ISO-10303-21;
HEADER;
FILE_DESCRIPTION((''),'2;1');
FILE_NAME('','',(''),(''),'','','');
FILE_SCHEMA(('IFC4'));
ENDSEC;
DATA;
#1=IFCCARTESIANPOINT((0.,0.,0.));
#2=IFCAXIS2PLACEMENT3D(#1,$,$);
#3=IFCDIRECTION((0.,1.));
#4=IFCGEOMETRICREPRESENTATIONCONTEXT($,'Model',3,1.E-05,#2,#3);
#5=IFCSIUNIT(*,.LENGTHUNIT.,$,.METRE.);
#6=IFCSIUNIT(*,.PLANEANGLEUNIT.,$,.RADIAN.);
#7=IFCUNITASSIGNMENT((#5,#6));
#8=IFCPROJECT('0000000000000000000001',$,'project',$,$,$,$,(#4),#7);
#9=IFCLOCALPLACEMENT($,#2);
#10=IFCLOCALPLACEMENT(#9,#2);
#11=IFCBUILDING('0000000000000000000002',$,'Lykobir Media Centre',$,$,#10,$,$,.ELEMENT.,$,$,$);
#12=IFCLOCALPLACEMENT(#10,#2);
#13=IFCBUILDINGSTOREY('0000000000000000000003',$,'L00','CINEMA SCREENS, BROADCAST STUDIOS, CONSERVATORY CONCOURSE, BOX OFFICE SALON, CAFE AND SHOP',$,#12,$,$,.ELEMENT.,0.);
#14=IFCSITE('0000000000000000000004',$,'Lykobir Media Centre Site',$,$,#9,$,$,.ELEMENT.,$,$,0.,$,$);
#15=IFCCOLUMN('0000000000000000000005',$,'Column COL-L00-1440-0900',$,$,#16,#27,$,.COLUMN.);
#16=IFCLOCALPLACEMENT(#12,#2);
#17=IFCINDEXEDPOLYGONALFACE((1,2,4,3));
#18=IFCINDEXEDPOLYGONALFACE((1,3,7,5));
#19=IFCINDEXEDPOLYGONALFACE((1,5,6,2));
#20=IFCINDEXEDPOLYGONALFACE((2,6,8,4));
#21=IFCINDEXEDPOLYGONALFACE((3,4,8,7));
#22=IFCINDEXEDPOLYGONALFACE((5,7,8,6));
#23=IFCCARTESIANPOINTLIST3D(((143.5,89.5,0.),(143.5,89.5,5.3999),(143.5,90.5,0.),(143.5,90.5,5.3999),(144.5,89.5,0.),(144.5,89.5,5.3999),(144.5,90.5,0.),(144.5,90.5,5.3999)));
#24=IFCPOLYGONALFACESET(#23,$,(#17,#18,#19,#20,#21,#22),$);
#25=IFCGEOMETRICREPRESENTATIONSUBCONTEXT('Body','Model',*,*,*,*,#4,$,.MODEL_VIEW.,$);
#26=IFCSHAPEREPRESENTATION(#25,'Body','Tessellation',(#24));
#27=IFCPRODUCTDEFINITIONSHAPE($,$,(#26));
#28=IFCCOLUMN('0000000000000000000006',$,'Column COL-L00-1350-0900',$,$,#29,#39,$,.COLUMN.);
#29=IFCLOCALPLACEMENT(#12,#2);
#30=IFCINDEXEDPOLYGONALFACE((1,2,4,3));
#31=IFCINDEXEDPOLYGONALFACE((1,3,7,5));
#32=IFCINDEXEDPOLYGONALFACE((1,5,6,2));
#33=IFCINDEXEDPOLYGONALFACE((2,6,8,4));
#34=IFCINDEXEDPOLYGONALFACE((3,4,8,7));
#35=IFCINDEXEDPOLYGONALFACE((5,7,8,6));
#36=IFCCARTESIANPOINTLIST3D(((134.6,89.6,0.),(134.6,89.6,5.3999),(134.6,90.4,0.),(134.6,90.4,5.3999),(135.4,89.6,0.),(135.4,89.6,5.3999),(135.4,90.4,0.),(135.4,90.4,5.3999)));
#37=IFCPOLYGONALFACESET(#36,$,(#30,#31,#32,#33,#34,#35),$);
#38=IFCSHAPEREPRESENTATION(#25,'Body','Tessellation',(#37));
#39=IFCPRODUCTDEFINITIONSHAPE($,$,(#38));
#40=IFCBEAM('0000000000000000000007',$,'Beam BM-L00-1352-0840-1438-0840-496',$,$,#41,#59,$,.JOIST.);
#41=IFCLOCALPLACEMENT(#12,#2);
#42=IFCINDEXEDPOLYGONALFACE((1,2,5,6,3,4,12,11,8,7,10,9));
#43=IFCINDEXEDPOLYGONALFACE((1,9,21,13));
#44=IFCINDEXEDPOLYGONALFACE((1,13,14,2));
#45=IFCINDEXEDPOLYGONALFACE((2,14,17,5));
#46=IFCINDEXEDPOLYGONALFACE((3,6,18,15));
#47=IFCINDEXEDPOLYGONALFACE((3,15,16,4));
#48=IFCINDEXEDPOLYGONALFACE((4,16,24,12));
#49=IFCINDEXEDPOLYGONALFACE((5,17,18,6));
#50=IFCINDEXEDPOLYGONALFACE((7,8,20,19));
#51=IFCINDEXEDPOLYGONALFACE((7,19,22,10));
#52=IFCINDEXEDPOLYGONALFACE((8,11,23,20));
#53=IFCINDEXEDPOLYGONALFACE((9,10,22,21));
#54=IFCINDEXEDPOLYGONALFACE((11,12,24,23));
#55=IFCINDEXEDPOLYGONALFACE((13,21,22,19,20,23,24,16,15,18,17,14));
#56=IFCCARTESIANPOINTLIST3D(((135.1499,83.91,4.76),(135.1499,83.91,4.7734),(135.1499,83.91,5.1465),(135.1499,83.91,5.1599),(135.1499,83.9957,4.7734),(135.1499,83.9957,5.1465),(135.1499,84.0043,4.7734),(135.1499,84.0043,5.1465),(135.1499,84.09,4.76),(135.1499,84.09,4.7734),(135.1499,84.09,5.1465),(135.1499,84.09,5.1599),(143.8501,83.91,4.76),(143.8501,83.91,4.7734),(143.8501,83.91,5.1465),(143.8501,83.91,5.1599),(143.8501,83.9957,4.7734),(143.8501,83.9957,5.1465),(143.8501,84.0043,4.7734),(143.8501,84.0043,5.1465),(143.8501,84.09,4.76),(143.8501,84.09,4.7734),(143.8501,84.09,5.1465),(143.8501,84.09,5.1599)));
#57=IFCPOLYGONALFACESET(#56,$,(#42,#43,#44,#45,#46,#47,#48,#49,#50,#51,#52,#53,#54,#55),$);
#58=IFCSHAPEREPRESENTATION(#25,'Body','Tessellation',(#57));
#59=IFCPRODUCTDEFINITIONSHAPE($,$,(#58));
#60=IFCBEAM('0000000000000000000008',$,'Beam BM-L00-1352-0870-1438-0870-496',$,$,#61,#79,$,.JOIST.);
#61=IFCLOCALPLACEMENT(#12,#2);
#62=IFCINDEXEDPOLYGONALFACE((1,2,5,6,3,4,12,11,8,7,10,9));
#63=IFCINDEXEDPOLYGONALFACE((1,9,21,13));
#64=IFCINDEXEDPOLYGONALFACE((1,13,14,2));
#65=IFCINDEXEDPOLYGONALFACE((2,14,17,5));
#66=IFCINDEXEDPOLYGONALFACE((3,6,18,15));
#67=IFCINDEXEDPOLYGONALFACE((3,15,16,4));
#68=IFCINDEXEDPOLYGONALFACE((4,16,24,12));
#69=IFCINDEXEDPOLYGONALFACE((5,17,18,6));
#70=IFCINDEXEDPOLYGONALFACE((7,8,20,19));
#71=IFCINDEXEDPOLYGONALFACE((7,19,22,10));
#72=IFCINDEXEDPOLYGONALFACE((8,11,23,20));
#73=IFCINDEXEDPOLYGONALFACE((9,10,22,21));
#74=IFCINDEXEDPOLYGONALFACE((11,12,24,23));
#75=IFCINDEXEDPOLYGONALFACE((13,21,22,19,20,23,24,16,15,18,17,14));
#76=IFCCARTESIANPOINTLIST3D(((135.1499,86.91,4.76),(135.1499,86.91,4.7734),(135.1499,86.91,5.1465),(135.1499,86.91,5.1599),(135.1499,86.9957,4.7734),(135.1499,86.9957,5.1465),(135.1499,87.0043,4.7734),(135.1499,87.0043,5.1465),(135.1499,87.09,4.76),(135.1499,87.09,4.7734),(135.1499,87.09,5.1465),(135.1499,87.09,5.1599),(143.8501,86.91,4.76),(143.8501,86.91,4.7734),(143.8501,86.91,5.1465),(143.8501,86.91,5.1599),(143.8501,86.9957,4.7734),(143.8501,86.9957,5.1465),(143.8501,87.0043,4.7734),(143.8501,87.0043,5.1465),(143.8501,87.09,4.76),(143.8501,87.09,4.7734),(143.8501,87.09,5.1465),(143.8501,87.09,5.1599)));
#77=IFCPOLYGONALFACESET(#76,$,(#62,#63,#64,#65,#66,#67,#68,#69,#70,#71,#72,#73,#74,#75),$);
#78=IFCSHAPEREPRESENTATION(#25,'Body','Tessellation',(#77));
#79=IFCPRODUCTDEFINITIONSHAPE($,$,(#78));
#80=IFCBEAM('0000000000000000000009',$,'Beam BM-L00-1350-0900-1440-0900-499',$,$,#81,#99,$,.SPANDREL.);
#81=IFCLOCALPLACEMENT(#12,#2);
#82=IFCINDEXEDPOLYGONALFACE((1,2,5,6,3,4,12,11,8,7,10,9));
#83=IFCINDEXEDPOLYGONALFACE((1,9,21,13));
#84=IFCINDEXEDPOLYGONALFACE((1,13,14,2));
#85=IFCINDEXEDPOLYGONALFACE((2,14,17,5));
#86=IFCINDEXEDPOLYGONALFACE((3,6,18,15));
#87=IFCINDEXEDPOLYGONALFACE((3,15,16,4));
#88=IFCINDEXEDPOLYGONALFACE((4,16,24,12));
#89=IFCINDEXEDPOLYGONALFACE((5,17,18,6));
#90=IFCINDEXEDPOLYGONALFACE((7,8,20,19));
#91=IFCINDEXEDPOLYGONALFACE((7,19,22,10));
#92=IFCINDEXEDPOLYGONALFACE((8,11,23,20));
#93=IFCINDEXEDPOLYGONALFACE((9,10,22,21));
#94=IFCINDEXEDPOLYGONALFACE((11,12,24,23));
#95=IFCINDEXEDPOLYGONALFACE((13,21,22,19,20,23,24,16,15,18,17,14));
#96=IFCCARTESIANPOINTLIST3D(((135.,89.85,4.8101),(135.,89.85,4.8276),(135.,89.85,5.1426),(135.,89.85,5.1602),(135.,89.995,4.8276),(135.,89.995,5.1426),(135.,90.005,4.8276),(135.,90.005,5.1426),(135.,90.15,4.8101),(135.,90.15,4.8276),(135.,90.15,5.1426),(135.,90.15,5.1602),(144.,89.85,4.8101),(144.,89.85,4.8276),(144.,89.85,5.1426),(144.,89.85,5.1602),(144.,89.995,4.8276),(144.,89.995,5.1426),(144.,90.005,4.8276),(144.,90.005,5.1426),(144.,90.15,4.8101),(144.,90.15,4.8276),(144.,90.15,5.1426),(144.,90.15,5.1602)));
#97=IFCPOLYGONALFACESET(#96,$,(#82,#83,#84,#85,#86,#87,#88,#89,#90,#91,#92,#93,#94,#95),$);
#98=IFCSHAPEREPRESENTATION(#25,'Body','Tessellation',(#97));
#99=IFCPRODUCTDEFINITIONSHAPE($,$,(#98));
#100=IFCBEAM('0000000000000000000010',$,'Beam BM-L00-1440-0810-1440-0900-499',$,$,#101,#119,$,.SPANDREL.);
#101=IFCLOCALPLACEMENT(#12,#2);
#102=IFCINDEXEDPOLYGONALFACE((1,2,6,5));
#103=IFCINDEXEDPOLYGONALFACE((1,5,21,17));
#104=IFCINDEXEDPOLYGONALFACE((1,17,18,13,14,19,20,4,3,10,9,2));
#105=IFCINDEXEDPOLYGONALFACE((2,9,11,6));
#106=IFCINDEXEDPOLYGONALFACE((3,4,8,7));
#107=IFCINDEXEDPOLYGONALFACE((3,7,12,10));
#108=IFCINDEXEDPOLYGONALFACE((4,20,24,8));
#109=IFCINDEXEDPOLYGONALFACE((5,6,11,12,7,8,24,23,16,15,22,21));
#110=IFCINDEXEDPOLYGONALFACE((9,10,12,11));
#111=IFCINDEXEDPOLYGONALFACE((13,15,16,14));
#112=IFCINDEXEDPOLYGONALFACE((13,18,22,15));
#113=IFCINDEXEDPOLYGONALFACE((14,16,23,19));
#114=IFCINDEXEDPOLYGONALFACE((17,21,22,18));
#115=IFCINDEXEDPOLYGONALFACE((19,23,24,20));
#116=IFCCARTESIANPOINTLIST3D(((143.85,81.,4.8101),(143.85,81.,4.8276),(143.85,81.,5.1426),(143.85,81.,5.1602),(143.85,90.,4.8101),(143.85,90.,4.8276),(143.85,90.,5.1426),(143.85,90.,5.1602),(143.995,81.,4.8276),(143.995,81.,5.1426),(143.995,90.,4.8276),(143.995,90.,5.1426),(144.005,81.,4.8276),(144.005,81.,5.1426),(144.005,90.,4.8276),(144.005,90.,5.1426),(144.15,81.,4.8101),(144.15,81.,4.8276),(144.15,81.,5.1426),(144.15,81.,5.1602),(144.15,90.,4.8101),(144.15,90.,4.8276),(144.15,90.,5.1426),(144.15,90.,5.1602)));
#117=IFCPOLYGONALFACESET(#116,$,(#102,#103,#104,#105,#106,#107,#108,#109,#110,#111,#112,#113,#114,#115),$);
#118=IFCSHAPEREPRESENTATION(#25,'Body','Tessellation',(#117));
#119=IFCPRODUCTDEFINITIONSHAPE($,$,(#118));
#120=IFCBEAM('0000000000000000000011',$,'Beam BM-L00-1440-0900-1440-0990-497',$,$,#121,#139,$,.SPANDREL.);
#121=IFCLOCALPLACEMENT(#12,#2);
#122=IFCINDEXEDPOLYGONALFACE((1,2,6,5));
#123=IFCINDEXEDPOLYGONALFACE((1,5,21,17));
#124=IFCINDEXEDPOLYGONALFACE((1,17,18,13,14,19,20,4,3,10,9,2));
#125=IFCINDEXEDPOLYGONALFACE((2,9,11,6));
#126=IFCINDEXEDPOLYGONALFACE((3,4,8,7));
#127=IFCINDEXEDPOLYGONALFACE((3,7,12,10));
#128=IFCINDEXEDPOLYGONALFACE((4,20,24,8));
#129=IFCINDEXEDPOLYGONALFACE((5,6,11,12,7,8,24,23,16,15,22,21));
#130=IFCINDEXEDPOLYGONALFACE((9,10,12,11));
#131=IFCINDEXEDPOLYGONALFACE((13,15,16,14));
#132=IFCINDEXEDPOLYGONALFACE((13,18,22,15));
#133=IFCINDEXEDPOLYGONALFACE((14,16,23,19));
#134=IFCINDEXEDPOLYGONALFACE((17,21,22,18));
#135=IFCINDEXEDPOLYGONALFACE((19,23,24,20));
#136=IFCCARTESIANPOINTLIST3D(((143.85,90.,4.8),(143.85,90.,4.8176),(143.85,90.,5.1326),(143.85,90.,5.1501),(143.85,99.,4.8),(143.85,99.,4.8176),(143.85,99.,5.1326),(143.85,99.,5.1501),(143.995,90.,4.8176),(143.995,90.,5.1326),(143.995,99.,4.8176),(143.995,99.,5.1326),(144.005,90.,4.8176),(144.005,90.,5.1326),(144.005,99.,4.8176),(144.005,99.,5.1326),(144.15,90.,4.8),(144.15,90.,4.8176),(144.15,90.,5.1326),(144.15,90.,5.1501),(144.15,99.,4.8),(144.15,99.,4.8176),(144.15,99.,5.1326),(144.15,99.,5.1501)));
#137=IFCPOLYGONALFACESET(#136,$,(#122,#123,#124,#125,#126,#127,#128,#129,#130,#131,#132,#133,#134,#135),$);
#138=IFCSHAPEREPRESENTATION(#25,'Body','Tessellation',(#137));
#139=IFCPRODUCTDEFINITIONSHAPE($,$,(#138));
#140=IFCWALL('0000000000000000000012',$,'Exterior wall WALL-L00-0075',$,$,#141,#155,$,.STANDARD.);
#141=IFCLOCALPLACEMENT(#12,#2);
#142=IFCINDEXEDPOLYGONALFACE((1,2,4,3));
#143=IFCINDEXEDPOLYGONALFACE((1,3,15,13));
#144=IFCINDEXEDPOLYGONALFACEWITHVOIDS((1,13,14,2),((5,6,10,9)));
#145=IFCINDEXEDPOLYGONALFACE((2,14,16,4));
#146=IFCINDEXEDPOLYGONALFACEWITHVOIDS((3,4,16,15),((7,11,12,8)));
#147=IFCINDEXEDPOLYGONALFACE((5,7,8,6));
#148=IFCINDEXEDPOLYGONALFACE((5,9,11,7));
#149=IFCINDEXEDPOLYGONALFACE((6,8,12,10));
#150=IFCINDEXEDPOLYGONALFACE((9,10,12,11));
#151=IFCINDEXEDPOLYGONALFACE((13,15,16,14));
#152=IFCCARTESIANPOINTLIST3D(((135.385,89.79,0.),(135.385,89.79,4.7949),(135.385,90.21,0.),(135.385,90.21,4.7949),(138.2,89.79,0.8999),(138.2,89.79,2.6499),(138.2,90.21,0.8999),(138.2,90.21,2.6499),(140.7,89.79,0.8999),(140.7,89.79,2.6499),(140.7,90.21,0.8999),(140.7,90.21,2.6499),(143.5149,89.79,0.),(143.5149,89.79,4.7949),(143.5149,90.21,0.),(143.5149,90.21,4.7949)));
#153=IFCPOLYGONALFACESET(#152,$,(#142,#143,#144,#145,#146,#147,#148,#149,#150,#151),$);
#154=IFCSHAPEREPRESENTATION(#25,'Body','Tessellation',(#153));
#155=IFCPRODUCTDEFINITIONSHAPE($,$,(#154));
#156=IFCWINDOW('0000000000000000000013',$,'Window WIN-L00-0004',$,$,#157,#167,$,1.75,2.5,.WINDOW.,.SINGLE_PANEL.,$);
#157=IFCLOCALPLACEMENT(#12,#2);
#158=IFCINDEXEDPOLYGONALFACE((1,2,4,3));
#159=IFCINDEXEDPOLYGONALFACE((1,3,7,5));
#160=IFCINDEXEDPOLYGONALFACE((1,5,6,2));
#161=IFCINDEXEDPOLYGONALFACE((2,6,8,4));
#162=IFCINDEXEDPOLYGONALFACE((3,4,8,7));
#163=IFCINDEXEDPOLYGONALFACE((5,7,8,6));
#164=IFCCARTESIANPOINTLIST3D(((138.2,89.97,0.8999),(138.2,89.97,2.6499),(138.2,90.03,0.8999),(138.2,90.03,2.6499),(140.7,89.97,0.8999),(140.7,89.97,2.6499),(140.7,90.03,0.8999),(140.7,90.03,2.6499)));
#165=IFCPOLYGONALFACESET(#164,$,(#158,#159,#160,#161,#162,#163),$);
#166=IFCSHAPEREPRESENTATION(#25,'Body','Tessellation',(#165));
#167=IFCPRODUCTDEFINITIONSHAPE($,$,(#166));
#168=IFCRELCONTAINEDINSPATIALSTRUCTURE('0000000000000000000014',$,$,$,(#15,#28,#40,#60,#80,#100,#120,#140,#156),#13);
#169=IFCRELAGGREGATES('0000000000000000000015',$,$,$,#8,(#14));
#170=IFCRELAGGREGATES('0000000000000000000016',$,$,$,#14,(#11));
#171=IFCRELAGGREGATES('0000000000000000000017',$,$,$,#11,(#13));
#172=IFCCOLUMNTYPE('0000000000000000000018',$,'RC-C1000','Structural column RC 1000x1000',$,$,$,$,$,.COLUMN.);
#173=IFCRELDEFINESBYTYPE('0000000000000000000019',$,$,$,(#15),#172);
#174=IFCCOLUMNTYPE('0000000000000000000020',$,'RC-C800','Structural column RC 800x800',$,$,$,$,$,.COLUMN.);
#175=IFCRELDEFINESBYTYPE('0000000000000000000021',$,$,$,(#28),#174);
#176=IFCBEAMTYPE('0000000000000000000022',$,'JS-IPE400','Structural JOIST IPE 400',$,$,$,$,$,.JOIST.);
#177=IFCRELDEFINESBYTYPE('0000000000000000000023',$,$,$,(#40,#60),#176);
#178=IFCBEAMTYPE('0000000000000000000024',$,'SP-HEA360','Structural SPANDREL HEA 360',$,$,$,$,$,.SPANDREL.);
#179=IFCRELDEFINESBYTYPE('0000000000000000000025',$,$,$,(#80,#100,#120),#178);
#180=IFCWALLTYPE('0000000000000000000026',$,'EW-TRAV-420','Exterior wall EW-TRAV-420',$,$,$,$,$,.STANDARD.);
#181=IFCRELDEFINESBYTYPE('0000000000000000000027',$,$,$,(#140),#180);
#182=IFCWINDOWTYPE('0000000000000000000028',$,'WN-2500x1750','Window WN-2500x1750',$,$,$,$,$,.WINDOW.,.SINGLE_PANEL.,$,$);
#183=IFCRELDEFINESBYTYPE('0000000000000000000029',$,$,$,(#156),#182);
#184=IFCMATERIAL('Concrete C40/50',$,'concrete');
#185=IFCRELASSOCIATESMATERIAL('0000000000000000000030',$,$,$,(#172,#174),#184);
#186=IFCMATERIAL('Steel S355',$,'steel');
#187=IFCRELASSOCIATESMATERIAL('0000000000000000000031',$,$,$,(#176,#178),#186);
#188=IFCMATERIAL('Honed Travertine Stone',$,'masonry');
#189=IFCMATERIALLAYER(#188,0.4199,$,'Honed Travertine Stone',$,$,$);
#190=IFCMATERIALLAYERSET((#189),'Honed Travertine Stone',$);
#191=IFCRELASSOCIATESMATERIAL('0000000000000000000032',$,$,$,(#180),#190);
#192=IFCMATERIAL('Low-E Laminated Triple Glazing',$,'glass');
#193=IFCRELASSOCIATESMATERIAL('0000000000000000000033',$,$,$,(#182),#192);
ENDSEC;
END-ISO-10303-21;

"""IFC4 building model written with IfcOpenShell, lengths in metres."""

from ifc_helpers import new_model, si_unit, direction, frame, frame_2d, origin, origin_2d, place, context, subcontext, project, spatial, rectangle, i_section, extrude, material, layer, layer_set, material_profile, profile_set, type_object, element, fill, save


model = new_model("IFC4")

# Units and contexts
model_context = context("Model", 3, precision=1e-05, world=origin(), true_north=direction((0.0, 1.0)))
body_context = subcontext(model_context, "Body", "Model", "MODEL_VIEW")
ifc_project = project(units=[si_unit("LENGTHUNIT", "METRE"), si_unit("PLANEANGLEUNIT", "RADIAN")], contexts=[model_context])

# Site, building, storey
site_placement = place(None, origin())
site = spatial("IfcSite", under=ifc_project, at=site_placement, Name="Lykobir Media Centre Site", CompositionType="ELEMENT", RefElevation=0.0)
building_placement = place(site_placement, origin())
building = spatial("IfcBuilding", under=site, at=building_placement, Name="Lykobir Media Centre", CompositionType="ELEMENT")
storey_placement = place(building_placement, origin())
storey = spatial("IfcBuildingStorey", under=building, at=storey_placement, Name="L00", Description="CINEMA SCREENS, BROADCAST STUDIOS, CONSERVATORY CONCOURSE, BOX OFFICE SALON, CAFE AND SHOP", CompositionType="ELEMENT", Elevation=0.0)

# Columns
ifc_material_1 = material(Name="Concrete C40/50", Category="concrete")
ifc_material_profile_1 = material_profile(ifc_material_1, rectangle(XDim=1.0, YDim=1.0, at=origin_2d()), Name="RC 1000x1000")
ifc_profile_set_1 = profile_set([ifc_material_profile_1], Name="Concrete C40/50")
column_type_1 = type_object("IfcColumnType", Name="RC-C1000", Description="Structural column RC 1000x1000", PredefinedType="COLUMN", material=ifc_profile_set_1)
column_1_placement = place(storey_placement, frame((144.0, 90.0, 0.0), z_axis=(0.0, 0.0, 1.0), x_axis=(1.0, 0.0, 0.0)))
element("IfcColumn", 1, at=column_1_placement, inside=storey, type_object=column_type_1, Name="Column COL-L00-1440-0900", PredefinedType="COLUMN", context=body_context, shape_type="SweptSolid", body=[
    extrude(rectangle(XDim=1.0, YDim=1.0, at=origin_2d()), origin(), (0.0, 0.0, 1.0), 5.3999),
])
ifc_material_profile_2 = material_profile(ifc_material_1, rectangle(XDim=0.8, YDim=0.8, at=origin_2d()), Name="RC 800x800")
ifc_profile_set_2 = profile_set([ifc_material_profile_2], Name="Concrete C40/50")
column_type_2 = type_object("IfcColumnType", Name="RC-C800", Description="Structural column RC 800x800", PredefinedType="COLUMN", material=ifc_profile_set_2)
column_2_placement = place(storey_placement, frame((135.0, 90.0, 0.0), z_axis=(0.0, 0.0, 1.0), x_axis=(1.0, 0.0, 0.0)))
element("IfcColumn", 2, at=column_2_placement, inside=storey, type_object=column_type_2, Name="Column COL-L00-1350-0900", PredefinedType="COLUMN", context=body_context, shape_type="SweptSolid", body=[
    extrude(rectangle(XDim=0.8, YDim=0.8, at=origin_2d()), origin(), (0.0, 0.0, 1.0), 5.3999),
])

# Beams
ifc_material_2 = material(Name="Steel S355", Category="steel")
ifc_material_profile_3 = material_profile(ifc_material_2, i_section(OverallWidth=0.1799, OverallDepth=0.3999, WebThickness=0.0085, FlangeThickness=0.0134, at=origin_2d()), Name="IPE 400")
ifc_profile_set_3 = profile_set([ifc_material_profile_3], Name="Steel S355")
beam_type_1 = type_object("IfcBeamType", Name="JS-IPE400", Description="Structural JOIST IPE 400", PredefinedType="JOIST", material=ifc_profile_set_3)
for number, where, z_axis, x_axis, name in (
    (3, (135.1499, 84.0, 4.96), (1.0, 0.0, 0.0), (0.0, 1.0, 0.0), "Beam BM-L00-1352-0840-1438-0840-496"),
    (4, (135.1499, 87.0, 4.96), (1.0, 0.0, 0.0), (0.0, 1.0, 0.0), "Beam BM-L00-1352-0870-1438-0870-496"),
):
    element("IfcBeam", number, at=place(storey_placement, frame(where, z_axis=z_axis, x_axis=x_axis)), inside=storey, type_object=beam_type_1, Name=name, PredefinedType="JOIST", context=body_context, shape_type="SweptSolid", body=[
        extrude(i_section(OverallWidth=0.1799, OverallDepth=0.3999, WebThickness=0.0085, FlangeThickness=0.0134, at=origin_2d()), origin(), (0.0, 0.0, 1.0), 8.7002),
    ])
ifc_material_profile_4 = material_profile(ifc_material_2, i_section(OverallWidth=0.3, OverallDepth=0.3501, WebThickness=0.01, FlangeThickness=0.0176, at=origin_2d()), Name="HEA 360")
ifc_profile_set_4 = profile_set([ifc_material_profile_4], Name="Steel S355")
beam_type_2 = type_object("IfcBeamType", Name="SP-HEA360", Description="Structural SPANDREL HEA 360", PredefinedType="SPANDREL", material=ifc_profile_set_4)
for number, where, z_axis, x_axis, name in (
    (5, (135.0, 90.0, 4.9851), (1.0, 0.0, 0.0), (0.0, 1.0, 0.0), "Beam BM-L00-1350-0900-1440-0900-499"),
    (6, (144.0, 81.0, 4.9851), (0.0, 1.0, 0.0), (-1.0, 0.0, 0.0), "Beam BM-L00-1440-0810-1440-0900-499"),
    (7, (144.0, 90.0, 4.9751), (0.0, 1.0, 0.0), (-1.0, 0.0, 0.0), "Beam BM-L00-1440-0900-1440-0990-497"),
):
    element("IfcBeam", number, at=place(storey_placement, frame(where, z_axis=z_axis, x_axis=x_axis)), inside=storey, type_object=beam_type_2, Name=name, PredefinedType="SPANDREL", context=body_context, shape_type="SweptSolid", body=[
        extrude(i_section(OverallWidth=0.3, OverallDepth=0.3501, WebThickness=0.01, FlangeThickness=0.0176, at=origin_2d()), origin(), (0.0, 0.0, 1.0), 9.0),
    ])

# Wall, opening, window
ifc_material_3 = material(Name="Honed Travertine Stone", Category="masonry")
ifc_layer_1 = layer(ifc_material_3, 0.4199, Name="Honed Travertine Stone")
ifc_layer_set_1 = layer_set([ifc_layer_1], Name="Honed Travertine Stone")
wall_type_1 = type_object("IfcWallType", Name="EW-TRAV-420", Description="Exterior wall EW-TRAV-420", PredefinedType="STANDARD", material=ifc_layer_set_1)
wall_1_placement = place(storey_placement, frame((143.5149, 90.0, 0.0), z_axis=(0.0, 0.0, 1.0), x_axis=(-1.0, 0.0, 0.0)))
wall_1 = element("IfcWall", 8, at=wall_1_placement, inside=storey, type_object=wall_type_1, Name="Exterior wall WALL-L00-0075", PredefinedType="STANDARD", context=body_context, shape_type="SweptSolid", body=[
    extrude(rectangle(XDim=8.1299, YDim=0.4199, at=frame_2d((4.0649, 0.0))), origin(), (0.0, 0.0, 1.0), 4.7949),
])
opening_1_placement = place(wall_1_placement, frame((2.8149, 0.0, 0.8999)))
opening_1 = element("IfcOpeningElement", 9, at=opening_1_placement, cuts=wall_1, PredefinedType="OPENING", context=body_context, shape_type="SweptSolid", body=[
    extrude(rectangle(XDim=2.5, YDim=1.75, at=frame_2d((1.25, 0.875))), frame((0.0, 0.22, 0.0), z_axis=(0.0, -1.0, 0.0), x_axis=(1.0, 0.0, 0.0)), (0.0, 0.0, 1.0), 0.4399),
])
ifc_material_4 = material(Name="Low-E Laminated Triple Glazing", Category="glass")
window_type = type_object("IfcWindowType", Name="WN-2500x1750", Description="Window WN-2500x1750", PartitioningType="SINGLE_PANEL", PredefinedType="WINDOW", material=ifc_material_4)
window_placement = place(opening_1_placement, origin())
window = element("IfcWindow", 10, at=window_placement, inside=storey, type_object=window_type, Name="Window WIN-L00-0004", OverallHeight=1.75, OverallWidth=2.5, PartitioningType="SINGLE_PANEL", PredefinedType="WINDOW", context=body_context, shape_type="SweptSolid", body=[
    extrude(rectangle(XDim=2.5, YDim=1.75, at=frame_2d((1.25, 0.875))), frame((0.0, 0.03, 0.0), z_axis=(0.0, -1.0, 0.0), x_axis=(1.0, 0.0, 0.0)), (0.0, 0.0, 1.0), 0.0601),
])
fill(opening_1, window)

save(model, "model.ifc")
